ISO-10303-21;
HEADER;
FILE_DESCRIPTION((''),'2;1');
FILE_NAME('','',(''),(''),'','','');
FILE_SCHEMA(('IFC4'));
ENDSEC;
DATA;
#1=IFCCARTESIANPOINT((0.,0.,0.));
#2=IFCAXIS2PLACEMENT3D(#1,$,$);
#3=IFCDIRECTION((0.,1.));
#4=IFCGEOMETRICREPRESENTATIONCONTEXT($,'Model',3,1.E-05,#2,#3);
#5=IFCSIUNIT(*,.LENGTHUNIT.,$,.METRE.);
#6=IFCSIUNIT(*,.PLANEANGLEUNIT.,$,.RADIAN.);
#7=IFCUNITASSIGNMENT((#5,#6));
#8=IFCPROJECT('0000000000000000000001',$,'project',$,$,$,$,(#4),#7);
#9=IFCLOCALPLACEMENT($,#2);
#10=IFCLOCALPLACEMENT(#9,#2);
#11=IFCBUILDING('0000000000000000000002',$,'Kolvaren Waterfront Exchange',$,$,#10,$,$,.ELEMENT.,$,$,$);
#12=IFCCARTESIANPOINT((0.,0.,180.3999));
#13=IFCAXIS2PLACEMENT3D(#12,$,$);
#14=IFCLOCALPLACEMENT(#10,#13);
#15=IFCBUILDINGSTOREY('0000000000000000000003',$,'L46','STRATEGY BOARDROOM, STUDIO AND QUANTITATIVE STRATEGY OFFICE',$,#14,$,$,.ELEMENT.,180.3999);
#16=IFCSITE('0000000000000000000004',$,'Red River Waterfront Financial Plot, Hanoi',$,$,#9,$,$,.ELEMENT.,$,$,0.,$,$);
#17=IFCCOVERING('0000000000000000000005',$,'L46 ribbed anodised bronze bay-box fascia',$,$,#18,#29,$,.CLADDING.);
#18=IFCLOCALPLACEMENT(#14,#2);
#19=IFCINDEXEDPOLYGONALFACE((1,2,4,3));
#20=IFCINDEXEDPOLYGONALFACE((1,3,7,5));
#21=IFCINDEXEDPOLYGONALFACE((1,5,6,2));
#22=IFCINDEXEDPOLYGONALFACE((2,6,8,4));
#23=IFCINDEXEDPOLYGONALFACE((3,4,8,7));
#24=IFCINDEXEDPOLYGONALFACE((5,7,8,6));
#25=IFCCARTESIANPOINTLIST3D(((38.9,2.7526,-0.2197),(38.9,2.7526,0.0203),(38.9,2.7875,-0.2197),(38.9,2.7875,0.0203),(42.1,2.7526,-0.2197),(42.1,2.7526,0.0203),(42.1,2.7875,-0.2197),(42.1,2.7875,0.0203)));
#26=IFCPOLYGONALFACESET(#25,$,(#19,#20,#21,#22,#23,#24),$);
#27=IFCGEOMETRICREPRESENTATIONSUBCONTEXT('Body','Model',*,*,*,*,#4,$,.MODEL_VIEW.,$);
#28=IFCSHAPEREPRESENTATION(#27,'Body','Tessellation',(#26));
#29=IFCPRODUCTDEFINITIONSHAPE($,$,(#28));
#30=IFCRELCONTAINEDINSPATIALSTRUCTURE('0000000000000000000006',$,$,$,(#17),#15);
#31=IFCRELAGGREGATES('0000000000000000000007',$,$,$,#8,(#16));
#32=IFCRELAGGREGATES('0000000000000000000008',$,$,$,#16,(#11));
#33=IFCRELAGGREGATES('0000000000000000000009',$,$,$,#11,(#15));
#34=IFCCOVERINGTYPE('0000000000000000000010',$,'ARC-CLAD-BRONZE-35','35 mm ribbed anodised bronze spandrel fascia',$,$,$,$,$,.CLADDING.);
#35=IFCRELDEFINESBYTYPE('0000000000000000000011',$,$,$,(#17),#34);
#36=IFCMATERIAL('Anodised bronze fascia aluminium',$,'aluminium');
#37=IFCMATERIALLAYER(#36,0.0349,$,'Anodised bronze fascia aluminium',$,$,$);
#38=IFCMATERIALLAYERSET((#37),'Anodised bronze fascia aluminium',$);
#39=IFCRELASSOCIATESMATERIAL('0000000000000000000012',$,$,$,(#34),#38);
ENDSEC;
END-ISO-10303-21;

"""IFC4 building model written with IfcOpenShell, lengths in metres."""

from ifc_helpers import new_model, si_unit, direction, frame, origin, origin_2d, place, context, subcontext, project, spatial, rectangle, extrude, material, layer, layer_set, type_object, element, save


model = new_model("IFC4")

# Units and contexts
model_context = context("Model", 3, precision=1e-05, world=origin(), true_north=direction((0.0, 1.0)))
body_context = subcontext(model_context, "Body", "Model", "MODEL_VIEW")
ifc_project = project(units=[si_unit("LENGTHUNIT", "METRE"), si_unit("PLANEANGLEUNIT", "RADIAN")], contexts=[model_context])

# Site, building, storey
site_placement = place(None, origin())
site = spatial("IfcSite", under=ifc_project, at=site_placement, Name="Red River Waterfront Financial Plot, Hanoi", CompositionType="ELEMENT", RefElevation=0.0)
building_placement = place(site_placement, origin())
building = spatial("IfcBuilding", under=site, at=building_placement, Name="Kolvaren Waterfront Exchange", CompositionType="ELEMENT")
storey_placement = place(building_placement, frame((0.0, 0.0, 180.3999)))
storey = spatial("IfcBuildingStorey", under=building, at=storey_placement, Name="L46", Description="STRATEGY BOARDROOM, STUDIO AND QUANTITATIVE STRATEGY OFFICE", CompositionType="ELEMENT", Elevation=180.3999)

# Covering
ifc_material_1 = material(Name="Anodised bronze fascia aluminium", Category="aluminium")
ifc_layer_1 = layer(ifc_material_1, 0.0349, Name="Anodised bronze fascia aluminium")
ifc_layer_set_1 = layer_set([ifc_layer_1], Name="Anodised bronze fascia aluminium")
covering_type = type_object("IfcCoveringType", Name="ARC-CLAD-BRONZE-35", Description="35 mm ribbed anodised bronze spandrel fascia", PredefinedType="CLADDING", material=ifc_layer_set_1)
covering_placement = place(storey_placement, frame((40.5, 2.77, -0.2197), z_axis=(0.0, 0.0, 1.0), x_axis=(1.0, 0.0, 0.0)))
element("IfcCovering", 1, at=covering_placement, inside=storey, type_object=covering_type, Name="L46 ribbed anodised bronze bay-box fascia", PredefinedType="CLADDING", context=body_context, shape_type="SweptSolid", body=[
    extrude(rectangle(XDim=3.2, YDim=0.0349, at=origin_2d()), origin(), (0.0, 0.0, 1.0), 0.24),
])

save(model, "model.ifc")
